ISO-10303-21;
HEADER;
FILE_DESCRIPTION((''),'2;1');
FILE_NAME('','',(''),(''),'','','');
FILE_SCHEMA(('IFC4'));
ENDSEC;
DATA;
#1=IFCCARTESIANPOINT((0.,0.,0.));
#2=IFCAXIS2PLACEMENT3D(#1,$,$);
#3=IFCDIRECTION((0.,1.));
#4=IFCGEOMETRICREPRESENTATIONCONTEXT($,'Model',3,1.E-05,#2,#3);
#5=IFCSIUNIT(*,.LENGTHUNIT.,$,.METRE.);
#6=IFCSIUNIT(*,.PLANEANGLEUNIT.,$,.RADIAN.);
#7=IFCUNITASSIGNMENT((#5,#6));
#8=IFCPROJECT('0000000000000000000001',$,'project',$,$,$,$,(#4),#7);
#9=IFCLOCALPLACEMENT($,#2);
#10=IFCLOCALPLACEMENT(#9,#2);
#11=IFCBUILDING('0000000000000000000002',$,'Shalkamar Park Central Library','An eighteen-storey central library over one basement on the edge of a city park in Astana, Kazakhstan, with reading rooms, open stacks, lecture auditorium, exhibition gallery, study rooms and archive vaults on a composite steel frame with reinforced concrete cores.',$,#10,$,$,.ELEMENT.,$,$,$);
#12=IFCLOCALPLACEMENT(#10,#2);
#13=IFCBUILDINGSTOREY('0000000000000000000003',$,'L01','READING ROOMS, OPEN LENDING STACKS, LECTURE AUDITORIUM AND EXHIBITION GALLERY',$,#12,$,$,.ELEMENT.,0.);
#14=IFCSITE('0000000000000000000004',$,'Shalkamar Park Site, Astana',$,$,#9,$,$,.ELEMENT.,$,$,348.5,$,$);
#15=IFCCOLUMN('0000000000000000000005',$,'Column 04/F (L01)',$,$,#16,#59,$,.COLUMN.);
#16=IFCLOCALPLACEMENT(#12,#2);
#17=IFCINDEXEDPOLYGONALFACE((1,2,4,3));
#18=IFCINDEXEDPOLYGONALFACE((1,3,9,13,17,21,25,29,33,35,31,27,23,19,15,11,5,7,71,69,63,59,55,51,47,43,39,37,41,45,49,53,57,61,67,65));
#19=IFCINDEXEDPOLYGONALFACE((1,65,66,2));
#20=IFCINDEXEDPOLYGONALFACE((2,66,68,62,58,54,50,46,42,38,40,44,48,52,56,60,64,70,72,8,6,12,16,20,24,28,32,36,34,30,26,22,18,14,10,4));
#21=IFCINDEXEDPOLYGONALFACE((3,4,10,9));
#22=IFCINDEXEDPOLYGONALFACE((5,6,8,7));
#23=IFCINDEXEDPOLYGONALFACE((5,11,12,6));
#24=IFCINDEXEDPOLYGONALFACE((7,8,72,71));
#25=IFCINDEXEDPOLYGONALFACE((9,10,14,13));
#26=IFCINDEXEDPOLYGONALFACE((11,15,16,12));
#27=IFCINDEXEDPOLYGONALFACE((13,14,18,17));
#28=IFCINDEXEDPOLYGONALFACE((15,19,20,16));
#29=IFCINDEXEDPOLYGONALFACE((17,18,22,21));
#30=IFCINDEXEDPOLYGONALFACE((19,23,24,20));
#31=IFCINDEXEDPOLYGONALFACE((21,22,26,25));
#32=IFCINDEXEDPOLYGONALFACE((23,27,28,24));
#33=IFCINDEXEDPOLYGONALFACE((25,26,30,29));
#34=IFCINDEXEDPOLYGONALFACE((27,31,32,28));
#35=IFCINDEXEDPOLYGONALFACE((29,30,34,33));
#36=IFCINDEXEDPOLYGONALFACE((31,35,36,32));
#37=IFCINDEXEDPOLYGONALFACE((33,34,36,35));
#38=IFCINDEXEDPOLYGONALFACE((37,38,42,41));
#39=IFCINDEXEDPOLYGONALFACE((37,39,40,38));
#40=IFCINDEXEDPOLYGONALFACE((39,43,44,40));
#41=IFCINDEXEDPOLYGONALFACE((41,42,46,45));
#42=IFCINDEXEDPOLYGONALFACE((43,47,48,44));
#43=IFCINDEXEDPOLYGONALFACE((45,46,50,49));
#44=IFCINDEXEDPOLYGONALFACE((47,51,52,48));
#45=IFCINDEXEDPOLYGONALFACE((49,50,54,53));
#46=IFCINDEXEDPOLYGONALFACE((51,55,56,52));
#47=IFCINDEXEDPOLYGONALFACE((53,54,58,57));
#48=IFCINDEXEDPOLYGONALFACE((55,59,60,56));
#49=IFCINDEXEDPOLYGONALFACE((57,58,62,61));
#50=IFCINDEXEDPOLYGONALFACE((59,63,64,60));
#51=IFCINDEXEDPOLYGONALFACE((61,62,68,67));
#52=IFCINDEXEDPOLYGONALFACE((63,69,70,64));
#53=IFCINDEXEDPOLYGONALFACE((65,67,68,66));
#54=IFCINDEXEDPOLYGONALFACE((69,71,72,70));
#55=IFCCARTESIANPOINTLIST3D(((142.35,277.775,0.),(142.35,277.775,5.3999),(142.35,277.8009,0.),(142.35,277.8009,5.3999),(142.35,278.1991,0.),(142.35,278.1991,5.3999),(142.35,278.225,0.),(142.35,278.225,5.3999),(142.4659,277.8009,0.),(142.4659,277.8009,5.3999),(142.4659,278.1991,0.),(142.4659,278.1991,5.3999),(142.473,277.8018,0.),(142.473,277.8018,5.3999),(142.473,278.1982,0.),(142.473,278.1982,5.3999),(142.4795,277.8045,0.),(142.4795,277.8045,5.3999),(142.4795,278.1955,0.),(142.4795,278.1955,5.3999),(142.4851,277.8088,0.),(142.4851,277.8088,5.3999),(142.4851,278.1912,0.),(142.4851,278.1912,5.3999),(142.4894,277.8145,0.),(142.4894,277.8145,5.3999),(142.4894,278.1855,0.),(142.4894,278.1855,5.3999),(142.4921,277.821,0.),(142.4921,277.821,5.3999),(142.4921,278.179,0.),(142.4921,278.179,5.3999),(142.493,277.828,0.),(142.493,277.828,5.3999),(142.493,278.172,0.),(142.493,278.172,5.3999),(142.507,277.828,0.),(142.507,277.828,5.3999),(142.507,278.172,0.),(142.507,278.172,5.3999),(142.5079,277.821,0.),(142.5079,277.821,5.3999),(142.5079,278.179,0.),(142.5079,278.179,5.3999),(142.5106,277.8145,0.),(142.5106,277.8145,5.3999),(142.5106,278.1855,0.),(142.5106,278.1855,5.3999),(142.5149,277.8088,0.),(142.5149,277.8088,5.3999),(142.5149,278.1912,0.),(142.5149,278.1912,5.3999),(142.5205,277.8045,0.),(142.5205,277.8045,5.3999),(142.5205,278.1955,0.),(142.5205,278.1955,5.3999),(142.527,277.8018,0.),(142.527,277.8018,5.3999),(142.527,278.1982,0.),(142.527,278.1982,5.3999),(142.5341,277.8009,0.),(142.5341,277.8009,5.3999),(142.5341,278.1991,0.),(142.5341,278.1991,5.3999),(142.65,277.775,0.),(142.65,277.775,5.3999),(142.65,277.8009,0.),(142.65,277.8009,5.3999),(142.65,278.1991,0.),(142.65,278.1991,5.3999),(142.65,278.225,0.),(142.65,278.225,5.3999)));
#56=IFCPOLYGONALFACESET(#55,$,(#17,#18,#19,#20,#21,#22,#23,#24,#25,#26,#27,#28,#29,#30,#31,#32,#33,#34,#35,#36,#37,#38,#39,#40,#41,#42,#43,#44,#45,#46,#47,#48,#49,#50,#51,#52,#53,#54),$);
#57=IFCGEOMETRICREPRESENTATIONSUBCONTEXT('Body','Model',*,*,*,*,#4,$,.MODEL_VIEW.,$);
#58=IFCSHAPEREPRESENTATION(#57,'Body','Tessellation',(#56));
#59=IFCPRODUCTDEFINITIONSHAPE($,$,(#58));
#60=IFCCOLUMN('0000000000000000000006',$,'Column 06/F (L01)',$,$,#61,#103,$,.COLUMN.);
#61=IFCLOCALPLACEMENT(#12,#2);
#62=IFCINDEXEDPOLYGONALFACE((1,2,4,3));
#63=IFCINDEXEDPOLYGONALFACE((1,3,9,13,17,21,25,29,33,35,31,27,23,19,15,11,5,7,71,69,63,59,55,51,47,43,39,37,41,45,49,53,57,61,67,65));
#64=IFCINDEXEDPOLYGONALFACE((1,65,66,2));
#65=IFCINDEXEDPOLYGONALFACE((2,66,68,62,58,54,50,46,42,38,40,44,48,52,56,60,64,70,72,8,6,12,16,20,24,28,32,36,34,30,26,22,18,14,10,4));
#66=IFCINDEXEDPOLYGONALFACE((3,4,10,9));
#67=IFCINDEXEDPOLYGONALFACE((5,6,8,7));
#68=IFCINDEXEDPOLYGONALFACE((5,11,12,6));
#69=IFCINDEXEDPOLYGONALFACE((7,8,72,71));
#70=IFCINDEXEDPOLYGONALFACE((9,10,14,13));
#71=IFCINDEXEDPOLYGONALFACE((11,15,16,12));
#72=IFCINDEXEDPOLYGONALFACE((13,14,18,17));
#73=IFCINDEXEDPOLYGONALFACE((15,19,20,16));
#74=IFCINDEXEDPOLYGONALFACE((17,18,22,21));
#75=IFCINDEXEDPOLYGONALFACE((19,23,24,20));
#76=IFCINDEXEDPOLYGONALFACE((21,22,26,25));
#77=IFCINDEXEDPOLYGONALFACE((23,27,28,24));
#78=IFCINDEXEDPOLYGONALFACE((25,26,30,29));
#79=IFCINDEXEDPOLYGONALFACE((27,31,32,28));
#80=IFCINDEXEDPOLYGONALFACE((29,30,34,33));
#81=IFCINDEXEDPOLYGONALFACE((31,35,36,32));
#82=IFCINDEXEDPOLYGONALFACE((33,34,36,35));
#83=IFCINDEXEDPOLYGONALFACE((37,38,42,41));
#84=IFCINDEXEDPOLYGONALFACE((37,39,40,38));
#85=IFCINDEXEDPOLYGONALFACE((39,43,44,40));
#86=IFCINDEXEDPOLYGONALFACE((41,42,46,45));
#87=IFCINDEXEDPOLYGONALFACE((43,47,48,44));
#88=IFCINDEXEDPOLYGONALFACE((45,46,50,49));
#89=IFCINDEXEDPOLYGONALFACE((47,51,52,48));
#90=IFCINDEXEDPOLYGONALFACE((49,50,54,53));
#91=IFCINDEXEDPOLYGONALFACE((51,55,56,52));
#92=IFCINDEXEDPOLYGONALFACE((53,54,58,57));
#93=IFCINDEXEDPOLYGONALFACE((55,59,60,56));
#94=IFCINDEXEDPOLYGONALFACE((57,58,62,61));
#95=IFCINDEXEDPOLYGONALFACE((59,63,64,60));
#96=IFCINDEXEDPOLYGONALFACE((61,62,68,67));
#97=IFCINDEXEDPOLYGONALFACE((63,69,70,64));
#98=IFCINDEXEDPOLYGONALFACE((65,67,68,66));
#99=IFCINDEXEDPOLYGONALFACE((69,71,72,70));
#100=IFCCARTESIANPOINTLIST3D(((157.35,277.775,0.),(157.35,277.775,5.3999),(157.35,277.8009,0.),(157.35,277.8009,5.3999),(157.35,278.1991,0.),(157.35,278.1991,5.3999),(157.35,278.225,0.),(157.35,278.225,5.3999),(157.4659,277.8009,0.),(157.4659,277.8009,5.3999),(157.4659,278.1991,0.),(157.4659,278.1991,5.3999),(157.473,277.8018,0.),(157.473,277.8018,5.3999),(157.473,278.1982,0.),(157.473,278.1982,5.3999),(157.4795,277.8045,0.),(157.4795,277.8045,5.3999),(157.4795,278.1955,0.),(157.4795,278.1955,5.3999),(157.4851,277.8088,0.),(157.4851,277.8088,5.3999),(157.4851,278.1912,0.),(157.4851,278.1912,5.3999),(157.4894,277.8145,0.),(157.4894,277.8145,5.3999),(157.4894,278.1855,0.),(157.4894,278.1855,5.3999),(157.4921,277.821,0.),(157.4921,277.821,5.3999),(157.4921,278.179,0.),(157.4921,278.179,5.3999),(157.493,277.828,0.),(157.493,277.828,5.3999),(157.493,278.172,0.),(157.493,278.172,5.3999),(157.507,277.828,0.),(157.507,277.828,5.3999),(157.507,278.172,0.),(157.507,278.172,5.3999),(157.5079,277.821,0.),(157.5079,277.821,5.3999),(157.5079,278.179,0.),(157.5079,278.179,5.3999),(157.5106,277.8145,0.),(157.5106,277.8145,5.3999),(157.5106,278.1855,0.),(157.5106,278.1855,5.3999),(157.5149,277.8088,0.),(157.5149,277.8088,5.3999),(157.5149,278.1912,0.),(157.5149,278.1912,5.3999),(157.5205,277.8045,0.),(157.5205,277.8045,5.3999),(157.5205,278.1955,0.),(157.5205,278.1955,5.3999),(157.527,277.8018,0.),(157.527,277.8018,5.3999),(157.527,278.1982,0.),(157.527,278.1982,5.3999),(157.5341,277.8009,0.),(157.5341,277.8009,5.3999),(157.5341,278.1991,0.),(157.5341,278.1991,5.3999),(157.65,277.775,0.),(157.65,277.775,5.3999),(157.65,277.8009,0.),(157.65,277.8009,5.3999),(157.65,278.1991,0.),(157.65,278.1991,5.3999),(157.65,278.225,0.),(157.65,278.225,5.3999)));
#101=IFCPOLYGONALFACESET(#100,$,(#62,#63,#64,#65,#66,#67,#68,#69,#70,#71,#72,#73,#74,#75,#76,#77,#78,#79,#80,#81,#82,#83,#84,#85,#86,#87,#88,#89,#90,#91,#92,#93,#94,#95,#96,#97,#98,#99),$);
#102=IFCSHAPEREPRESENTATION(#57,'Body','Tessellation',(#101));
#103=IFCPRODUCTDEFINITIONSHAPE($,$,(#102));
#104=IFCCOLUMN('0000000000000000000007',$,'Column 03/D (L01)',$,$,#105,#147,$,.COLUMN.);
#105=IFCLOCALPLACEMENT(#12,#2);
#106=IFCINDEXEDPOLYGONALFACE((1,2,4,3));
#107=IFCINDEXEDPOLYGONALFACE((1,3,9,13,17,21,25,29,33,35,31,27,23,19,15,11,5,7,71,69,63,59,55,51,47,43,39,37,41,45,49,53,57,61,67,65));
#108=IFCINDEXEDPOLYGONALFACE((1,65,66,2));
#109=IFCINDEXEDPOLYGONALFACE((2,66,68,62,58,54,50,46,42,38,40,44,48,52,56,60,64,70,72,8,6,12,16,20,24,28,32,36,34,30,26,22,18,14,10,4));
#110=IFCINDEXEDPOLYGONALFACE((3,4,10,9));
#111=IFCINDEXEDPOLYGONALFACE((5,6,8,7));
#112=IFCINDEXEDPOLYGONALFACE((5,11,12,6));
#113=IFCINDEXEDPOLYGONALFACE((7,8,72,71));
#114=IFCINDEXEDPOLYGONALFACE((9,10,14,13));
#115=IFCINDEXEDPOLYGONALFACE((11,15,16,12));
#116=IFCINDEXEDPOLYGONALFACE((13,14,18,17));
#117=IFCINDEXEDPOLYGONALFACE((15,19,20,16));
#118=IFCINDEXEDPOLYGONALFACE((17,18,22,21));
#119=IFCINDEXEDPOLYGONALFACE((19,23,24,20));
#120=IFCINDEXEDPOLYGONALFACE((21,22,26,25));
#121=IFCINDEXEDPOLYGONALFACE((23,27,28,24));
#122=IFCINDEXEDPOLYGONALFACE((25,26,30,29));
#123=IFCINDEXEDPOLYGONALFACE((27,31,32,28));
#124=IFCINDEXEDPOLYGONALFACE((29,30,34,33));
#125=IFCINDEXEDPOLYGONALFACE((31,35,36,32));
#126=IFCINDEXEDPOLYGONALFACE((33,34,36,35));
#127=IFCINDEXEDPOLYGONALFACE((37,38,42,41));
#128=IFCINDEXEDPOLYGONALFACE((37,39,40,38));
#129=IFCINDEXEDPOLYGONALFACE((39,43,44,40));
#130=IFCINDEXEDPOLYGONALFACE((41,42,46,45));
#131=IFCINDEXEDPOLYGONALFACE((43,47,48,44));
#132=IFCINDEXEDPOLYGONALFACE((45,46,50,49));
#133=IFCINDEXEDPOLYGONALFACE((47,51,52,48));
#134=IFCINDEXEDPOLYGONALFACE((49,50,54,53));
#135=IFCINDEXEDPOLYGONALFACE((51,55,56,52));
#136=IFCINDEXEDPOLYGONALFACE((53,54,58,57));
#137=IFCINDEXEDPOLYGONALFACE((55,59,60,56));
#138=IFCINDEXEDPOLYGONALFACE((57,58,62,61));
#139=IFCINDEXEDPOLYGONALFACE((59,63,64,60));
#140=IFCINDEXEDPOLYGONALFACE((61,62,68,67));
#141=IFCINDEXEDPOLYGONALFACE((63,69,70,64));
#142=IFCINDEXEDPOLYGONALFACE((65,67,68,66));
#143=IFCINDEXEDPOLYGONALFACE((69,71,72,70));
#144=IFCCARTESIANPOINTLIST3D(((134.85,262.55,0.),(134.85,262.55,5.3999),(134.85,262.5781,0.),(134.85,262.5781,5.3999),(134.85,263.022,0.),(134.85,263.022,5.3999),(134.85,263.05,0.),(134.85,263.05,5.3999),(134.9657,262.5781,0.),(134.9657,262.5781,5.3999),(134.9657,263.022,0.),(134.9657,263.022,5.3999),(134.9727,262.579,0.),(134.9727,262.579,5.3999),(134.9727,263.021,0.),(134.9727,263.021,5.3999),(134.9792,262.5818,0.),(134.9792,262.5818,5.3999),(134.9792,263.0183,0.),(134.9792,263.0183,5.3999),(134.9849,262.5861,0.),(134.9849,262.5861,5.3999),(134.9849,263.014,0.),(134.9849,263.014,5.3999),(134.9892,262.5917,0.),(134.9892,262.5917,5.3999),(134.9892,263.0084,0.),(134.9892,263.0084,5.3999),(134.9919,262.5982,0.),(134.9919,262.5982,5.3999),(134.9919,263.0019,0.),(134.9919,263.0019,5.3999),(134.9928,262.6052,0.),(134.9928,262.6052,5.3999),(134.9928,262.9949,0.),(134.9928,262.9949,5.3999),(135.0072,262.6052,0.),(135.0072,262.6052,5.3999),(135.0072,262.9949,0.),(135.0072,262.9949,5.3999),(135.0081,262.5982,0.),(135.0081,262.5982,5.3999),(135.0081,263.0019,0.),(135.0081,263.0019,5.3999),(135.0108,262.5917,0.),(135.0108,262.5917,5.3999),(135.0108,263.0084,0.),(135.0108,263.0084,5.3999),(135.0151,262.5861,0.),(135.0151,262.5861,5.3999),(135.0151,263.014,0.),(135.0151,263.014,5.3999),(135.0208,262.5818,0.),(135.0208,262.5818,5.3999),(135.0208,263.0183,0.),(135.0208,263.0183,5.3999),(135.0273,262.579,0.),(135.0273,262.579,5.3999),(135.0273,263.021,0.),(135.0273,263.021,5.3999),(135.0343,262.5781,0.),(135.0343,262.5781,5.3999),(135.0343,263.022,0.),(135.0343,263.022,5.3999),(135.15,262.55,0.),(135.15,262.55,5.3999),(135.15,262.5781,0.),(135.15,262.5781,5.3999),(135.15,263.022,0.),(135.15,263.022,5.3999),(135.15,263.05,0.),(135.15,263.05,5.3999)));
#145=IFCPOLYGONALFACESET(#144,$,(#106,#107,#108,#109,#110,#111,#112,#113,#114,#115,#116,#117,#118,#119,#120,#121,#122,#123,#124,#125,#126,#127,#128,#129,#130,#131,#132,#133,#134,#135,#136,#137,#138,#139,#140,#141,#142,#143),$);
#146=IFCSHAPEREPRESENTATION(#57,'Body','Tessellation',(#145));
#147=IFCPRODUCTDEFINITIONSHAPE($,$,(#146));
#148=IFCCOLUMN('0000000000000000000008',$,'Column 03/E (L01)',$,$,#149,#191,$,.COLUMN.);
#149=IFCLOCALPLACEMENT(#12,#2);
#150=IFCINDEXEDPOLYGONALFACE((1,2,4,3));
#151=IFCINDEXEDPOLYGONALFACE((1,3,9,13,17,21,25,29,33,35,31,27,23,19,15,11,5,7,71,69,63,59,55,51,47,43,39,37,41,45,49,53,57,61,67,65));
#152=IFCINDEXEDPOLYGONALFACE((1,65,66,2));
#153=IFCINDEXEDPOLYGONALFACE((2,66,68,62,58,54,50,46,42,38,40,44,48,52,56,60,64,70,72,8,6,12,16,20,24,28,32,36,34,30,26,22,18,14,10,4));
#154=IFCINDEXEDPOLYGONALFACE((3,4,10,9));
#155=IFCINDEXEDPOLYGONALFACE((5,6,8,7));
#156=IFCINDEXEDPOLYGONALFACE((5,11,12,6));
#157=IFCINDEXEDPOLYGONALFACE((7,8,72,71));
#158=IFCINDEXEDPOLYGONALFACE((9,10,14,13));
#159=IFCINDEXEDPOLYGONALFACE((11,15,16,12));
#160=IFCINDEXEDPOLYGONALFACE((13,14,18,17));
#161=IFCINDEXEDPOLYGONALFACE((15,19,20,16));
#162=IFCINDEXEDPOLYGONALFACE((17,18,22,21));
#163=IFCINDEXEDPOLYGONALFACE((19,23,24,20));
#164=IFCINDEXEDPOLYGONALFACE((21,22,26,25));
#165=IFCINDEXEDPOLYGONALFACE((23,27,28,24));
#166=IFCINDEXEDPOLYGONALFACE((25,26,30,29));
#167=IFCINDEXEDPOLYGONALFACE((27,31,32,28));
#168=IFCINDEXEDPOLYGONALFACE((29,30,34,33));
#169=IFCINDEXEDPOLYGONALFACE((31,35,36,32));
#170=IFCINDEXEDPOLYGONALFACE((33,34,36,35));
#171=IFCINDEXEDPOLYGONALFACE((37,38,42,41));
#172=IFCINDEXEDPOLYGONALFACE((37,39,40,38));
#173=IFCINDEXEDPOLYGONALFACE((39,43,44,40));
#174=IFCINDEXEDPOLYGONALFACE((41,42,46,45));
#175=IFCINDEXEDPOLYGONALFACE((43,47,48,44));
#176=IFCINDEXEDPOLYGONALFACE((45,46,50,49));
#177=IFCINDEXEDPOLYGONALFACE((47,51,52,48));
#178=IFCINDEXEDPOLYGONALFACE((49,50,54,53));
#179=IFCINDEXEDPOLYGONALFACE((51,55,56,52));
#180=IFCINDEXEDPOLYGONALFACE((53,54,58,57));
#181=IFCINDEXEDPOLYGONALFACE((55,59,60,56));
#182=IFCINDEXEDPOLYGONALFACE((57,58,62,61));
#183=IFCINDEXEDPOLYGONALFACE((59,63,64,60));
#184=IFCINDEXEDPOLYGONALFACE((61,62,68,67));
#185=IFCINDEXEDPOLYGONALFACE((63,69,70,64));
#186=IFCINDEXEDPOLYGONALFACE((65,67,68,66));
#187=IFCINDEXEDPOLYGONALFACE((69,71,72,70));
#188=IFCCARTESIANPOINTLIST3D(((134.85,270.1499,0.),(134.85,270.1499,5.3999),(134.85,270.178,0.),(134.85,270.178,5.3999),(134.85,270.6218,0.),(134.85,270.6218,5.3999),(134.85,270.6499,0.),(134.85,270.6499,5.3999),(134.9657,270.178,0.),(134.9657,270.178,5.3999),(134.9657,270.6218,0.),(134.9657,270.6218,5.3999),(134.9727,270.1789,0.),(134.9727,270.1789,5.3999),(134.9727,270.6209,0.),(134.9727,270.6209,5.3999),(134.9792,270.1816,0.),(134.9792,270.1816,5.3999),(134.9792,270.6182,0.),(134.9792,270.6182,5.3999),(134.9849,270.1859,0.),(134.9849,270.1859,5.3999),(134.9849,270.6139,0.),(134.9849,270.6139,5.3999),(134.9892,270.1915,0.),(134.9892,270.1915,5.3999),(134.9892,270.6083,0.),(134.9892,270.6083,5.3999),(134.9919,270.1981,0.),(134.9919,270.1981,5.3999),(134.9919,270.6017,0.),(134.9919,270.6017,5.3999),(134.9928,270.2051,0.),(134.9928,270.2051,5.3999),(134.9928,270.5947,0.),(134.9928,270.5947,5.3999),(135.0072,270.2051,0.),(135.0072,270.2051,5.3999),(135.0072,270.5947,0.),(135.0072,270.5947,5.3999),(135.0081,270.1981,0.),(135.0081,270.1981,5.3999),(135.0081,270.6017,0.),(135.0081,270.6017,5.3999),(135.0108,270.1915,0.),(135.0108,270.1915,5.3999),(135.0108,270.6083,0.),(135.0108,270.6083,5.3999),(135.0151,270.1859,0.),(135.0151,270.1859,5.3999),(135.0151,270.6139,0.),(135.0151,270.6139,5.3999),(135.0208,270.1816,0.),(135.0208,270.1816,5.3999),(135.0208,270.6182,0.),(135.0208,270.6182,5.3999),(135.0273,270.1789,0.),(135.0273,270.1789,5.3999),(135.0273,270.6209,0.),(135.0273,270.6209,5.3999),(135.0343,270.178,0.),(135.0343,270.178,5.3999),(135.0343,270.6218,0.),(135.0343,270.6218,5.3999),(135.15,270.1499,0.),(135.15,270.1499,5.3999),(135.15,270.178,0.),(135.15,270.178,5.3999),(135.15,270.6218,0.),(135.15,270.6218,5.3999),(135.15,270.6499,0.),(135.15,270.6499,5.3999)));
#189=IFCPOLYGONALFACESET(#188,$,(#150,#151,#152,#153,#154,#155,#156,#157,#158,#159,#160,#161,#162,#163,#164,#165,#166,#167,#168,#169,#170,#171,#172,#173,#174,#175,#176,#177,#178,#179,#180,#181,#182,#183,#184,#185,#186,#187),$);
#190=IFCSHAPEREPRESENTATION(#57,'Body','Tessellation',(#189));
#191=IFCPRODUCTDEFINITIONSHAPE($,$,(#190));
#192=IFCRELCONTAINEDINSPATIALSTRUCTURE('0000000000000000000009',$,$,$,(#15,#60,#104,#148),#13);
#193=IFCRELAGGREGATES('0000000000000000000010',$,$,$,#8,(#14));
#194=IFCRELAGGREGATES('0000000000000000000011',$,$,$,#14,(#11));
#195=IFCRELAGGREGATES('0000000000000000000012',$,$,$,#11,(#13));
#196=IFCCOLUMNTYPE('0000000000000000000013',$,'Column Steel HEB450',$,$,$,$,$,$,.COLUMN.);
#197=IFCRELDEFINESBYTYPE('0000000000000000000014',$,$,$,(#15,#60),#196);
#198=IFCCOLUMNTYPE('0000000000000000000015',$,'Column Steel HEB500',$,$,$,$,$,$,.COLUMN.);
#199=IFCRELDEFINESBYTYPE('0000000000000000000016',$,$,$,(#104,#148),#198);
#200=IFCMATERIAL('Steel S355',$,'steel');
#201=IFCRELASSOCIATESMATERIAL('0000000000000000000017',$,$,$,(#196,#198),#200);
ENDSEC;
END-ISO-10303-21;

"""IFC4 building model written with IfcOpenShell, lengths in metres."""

from ifc_helpers import new_model, si_unit, direction, frame, origin, origin_2d, place, context, subcontext, project, spatial, i_section, extrude, material, material_profile, profile_set, type_object, element, save


model = new_model("IFC4")

# Units and contexts
model_context = context("Model", 3, precision=1e-05, world=origin(), true_north=direction((0.0, 1.0)))
body_context = subcontext(model_context, "Body", "Model", "MODEL_VIEW")
ifc_project = project(units=[si_unit("LENGTHUNIT", "METRE"), si_unit("PLANEANGLEUNIT", "RADIAN")], contexts=[model_context])

# Site, building, storey
site_placement = place(None, origin())
site = spatial("IfcSite", under=ifc_project, at=site_placement, Name="Shalkamar Park Site, Astana", CompositionType="ELEMENT", RefElevation=348.5)
building_placement = place(site_placement, origin())
building = spatial("IfcBuilding", under=site, at=building_placement, Name="Shalkamar Park Central Library", Description="An eighteen-storey central library over one basement on the edge of a city park in Astana, Kazakhstan, with reading rooms, open stacks, lecture auditorium, exhibition gallery, study rooms and archive vaults on a composite steel frame with reinforced concrete cores.", CompositionType="ELEMENT")
storey_placement = place(building_placement, origin())
storey = spatial("IfcBuildingStorey", under=building, at=storey_placement, Name="L01", Description="READING ROOMS, OPEN LENDING STACKS, LECTURE AUDITORIUM AND EXHIBITION GALLERY", CompositionType="ELEMENT", Elevation=0.0)

# Columns
ifc_material_1 = material(Name="Steel S355", Category="steel")
ifc_material_profile_1 = material_profile(ifc_material_1, i_section(OverallWidth=0.3, OverallDepth=0.45, WebThickness=0.0139, FlangeThickness=0.0259, FilletRadius=0.0271, at=origin_2d()), Name="HEB 450")
ifc_profile_set_1 = profile_set([ifc_material_profile_1], Name="Steel S355")
column_type_1 = type_object("IfcColumnType", Name="Column Steel HEB450", PredefinedType="COLUMN", material=ifc_profile_set_1)
for number, where, z_axis, x_axis, name in (
    (1, (142.5, 278.0, 0.0), (0.0, 0.0, 1.0), (1.0, 0.0, 0.0), "Column 04/F (L01)"),
    (2, (157.5, 278.0, 0.0), (0.0, 0.0, 1.0), (1.0, 0.0, 0.0), "Column 06/F (L01)"),
):
    element("IfcColumn", number, at=place(storey_placement, frame(where, z_axis=z_axis, x_axis=x_axis)), inside=storey, type_object=column_type_1, Name=name, PredefinedType="COLUMN", context=body_context, shape_type="SweptSolid", body=[
        extrude(i_section(OverallWidth=0.3, OverallDepth=0.45, WebThickness=0.0139, FlangeThickness=0.0259, FilletRadius=0.0271, at=origin_2d()), origin(), (0.0, 0.0, 1.0), 5.3999),
    ])
ifc_material_profile_2 = material_profile(ifc_material_1, i_section(OverallWidth=0.3, OverallDepth=0.5, WebThickness=0.0144, FlangeThickness=0.0281, FilletRadius=0.0271, at=origin_2d()), Name="HEB 500")
ifc_profile_set_2 = profile_set([ifc_material_profile_2], Name="Steel S355")
column_type_2 = type_object("IfcColumnType", Name="Column Steel HEB500", PredefinedType="COLUMN", material=ifc_profile_set_2)
for number, where, z_axis, x_axis, name in (
    (3, (135.0, 262.8, 0.0), (0.0, 0.0, 1.0), (1.0, 0.0, 0.0), "Column 03/D (L01)"),
    (4, (135.0, 270.3999, 0.0), (0.0, 0.0, 1.0), (1.0, 0.0, 0.0), "Column 03/E (L01)"),
):
    element("IfcColumn", number, at=place(storey_placement, frame(where, z_axis=z_axis, x_axis=x_axis)), inside=storey, type_object=column_type_2, Name=name, PredefinedType="COLUMN", context=body_context, shape_type="SweptSolid", body=[
        extrude(i_section(OverallWidth=0.3, OverallDepth=0.5, WebThickness=0.0144, FlangeThickness=0.0281, FilletRadius=0.0271, at=origin_2d()), origin(), (0.0, 0.0, 1.0), 5.3999),
    ])

save(model, "model.ifc")
